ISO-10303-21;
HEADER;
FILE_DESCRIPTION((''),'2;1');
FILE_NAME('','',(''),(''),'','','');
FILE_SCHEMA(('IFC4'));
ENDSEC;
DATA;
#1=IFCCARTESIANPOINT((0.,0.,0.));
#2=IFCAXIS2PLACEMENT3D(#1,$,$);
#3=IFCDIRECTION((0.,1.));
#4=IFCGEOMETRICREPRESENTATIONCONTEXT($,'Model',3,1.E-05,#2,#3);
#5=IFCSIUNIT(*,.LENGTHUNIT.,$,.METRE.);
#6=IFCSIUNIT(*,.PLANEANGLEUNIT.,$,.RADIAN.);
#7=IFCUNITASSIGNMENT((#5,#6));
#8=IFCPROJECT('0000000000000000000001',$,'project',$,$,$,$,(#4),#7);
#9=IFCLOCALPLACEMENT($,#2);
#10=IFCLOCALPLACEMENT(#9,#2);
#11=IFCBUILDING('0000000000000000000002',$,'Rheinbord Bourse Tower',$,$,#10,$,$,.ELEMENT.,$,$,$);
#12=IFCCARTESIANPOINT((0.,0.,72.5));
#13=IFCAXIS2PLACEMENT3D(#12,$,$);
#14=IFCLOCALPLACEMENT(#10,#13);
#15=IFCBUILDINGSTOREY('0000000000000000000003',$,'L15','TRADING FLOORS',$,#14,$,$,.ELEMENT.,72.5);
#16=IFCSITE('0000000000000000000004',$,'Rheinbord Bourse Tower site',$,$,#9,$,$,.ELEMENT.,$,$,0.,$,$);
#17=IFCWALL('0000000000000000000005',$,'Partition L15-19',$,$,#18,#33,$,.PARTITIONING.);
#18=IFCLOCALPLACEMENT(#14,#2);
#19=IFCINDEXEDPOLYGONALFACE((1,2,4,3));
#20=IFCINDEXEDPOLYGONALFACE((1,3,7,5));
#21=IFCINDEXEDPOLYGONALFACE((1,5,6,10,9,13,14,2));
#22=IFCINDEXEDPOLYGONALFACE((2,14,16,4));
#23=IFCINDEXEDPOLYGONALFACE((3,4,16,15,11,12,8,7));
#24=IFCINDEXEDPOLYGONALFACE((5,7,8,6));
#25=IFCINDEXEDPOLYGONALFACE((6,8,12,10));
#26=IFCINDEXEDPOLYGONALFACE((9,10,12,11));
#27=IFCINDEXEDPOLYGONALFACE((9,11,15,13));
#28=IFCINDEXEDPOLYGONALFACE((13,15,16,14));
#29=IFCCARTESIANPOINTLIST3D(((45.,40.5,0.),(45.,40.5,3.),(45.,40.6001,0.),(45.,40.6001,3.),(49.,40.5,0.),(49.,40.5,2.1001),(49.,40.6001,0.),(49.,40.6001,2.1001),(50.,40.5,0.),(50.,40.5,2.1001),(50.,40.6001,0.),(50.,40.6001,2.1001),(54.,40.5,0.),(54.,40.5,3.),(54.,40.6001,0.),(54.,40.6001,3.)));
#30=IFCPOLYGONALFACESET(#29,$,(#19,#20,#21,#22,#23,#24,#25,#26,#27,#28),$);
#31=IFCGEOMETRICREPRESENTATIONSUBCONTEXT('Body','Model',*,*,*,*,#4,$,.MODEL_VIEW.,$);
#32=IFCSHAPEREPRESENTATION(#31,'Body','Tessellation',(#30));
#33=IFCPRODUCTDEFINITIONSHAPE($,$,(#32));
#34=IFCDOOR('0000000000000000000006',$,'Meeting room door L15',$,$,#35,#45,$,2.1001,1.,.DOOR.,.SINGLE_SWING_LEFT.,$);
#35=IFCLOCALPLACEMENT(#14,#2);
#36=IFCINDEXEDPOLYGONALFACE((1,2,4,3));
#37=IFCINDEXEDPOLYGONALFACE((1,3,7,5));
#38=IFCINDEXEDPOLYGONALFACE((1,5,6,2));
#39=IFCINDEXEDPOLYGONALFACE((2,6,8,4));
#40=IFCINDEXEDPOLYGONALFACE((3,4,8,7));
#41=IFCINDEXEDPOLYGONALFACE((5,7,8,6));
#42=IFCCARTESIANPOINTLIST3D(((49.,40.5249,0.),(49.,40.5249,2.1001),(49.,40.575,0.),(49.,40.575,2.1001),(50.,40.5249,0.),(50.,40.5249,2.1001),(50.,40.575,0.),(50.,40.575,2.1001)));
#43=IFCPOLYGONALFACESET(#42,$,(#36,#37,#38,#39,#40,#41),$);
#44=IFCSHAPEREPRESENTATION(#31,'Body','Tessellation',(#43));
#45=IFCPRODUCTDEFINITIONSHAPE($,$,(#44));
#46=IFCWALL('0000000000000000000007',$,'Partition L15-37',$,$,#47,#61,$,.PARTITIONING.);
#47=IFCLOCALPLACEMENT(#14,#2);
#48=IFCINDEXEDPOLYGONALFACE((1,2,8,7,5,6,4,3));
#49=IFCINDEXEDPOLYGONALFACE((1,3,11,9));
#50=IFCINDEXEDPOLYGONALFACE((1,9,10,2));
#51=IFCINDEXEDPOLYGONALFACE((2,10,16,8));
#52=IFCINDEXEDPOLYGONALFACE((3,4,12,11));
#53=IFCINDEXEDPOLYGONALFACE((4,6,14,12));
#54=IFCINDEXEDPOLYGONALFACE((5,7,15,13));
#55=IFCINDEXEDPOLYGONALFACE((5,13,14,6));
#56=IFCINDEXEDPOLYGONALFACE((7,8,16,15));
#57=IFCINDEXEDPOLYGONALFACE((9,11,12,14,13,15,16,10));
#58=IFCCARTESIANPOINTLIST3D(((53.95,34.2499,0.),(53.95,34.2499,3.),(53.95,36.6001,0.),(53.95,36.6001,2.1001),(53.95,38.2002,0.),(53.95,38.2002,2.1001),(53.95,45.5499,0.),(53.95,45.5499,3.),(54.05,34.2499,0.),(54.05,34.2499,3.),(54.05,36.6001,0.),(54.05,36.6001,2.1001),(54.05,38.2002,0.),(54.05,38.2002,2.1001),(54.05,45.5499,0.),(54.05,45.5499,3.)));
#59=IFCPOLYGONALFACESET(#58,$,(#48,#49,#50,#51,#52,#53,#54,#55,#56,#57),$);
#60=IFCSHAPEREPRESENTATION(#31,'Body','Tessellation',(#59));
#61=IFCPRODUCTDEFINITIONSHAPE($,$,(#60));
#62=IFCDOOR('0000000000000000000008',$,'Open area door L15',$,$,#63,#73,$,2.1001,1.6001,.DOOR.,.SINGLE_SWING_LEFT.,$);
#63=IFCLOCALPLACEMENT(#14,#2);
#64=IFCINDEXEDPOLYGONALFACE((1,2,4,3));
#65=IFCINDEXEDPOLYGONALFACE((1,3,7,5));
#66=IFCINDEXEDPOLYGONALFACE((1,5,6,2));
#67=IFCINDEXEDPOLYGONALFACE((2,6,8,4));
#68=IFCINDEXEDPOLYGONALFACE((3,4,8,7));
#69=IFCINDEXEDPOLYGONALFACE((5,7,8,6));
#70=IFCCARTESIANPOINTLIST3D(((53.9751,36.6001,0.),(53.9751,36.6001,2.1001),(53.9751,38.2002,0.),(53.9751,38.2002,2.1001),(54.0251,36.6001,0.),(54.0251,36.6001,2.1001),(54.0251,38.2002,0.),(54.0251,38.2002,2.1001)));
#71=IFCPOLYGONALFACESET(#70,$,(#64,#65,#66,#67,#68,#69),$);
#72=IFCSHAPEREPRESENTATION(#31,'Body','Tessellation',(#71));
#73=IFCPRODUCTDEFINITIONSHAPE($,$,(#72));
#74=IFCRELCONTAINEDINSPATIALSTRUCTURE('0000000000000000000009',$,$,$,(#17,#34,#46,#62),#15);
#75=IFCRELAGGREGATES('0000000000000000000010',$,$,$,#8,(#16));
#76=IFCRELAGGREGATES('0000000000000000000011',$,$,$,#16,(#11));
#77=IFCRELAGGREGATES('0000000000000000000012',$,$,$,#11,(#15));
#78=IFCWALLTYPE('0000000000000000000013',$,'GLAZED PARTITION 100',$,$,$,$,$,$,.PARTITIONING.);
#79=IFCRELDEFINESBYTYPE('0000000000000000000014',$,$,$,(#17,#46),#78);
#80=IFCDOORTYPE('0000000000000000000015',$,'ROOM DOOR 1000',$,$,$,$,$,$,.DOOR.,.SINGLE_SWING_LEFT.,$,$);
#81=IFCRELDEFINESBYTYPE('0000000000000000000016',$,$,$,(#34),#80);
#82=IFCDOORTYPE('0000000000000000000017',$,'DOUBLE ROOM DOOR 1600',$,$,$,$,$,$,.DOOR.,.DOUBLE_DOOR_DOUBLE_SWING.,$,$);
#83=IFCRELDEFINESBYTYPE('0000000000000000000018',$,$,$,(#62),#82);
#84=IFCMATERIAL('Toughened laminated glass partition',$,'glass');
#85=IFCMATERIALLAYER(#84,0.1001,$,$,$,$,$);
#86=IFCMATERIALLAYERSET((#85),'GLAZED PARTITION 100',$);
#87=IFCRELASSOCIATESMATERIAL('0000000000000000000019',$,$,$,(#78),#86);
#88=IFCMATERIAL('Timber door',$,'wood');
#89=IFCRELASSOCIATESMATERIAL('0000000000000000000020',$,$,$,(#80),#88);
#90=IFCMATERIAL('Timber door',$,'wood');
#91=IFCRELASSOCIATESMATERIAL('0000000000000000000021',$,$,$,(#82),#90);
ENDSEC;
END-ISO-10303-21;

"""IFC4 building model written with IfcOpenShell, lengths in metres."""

from ifc_helpers import new_model, si_unit, direction, frame, frame_2d, origin, place, context, subcontext, project, spatial, rectangle, extrude, material, layer, layer_set, type_object, element, fill, save


model = new_model("IFC4")

# Units and contexts
model_context = context("Model", 3, precision=1e-05, world=origin(), true_north=direction((0.0, 1.0)))
body_context = subcontext(model_context, "Body", "Model", "MODEL_VIEW")
ifc_project = project(units=[si_unit("LENGTHUNIT", "METRE"), si_unit("PLANEANGLEUNIT", "RADIAN")], contexts=[model_context])

# Site, building, storey
site_placement = place(None, origin())
site = spatial("IfcSite", under=ifc_project, at=site_placement, Name="Rheinbord Bourse Tower site", CompositionType="ELEMENT", RefElevation=0.0)
building_placement = place(site_placement, origin())
building = spatial("IfcBuilding", under=site, at=building_placement, Name="Rheinbord Bourse Tower", CompositionType="ELEMENT")
storey_placement = place(building_placement, frame((0.0, 0.0, 72.5)))
storey = spatial("IfcBuildingStorey", under=building, at=storey_placement, Name="L15", Description="TRADING FLOORS", CompositionType="ELEMENT", Elevation=72.5)

# Walls, openings, doors
ifc_material_1 = material(Name="Toughened laminated glass partition", Category="glass")
ifc_layer_1 = layer(ifc_material_1, 0.1001)
ifc_layer_set_1 = layer_set([ifc_layer_1], Name="GLAZED PARTITION 100")
wall_type_1 = type_object("IfcWallType", Name="GLAZED PARTITION 100", PredefinedType="PARTITIONING", material=ifc_layer_set_1)
wall_1_placement = place(storey_placement, frame((45.0, 40.55, 0.0), z_axis=(0.0, 0.0, 1.0), x_axis=(1.0, 0.0, 0.0)))
wall_1 = element("IfcWall", 1, at=wall_1_placement, inside=storey, type_object=wall_type_1, Name="Partition L15-19", PredefinedType="PARTITIONING", context=body_context, shape_type="SweptSolid", body=[
    extrude(rectangle(XDim=9.0, YDim=0.1001, at=frame_2d((4.5, 0.0))), origin(), (0.0, 0.0, 1.0), 3.0),
])
opening_1_placement = place(wall_1_placement, frame((4.0, 0.0, 0.0)))
opening_1 = element("IfcOpeningElement", 2, at=opening_1_placement, cuts=wall_1, PredefinedType="OPENING", context=body_context, shape_type="SweptSolid", body=[
    extrude(rectangle(XDim=1.0, YDim=2.1001, at=frame_2d((0.5, 1.05))), frame((0.0, 0.0601, 0.0), z_axis=(0.0, -1.0, 0.0), x_axis=(1.0, 0.0, 0.0)), (0.0, 0.0, 1.0), 0.1201),
])
ifc_material_2 = material(Name="Timber door", Category="wood")
door_type_1 = type_object("IfcDoorType", Name="ROOM DOOR 1000", OperationType="SINGLE_SWING_LEFT", PredefinedType="DOOR", material=ifc_material_2)
door_1_placement = place(opening_1_placement, origin())
door_1 = element("IfcDoor", 3, at=door_1_placement, inside=storey, type_object=door_type_1, Name="Meeting room door L15", OperationType="SINGLE_SWING_LEFT", OverallHeight=2.1001, OverallWidth=1.0, PredefinedType="DOOR", context=body_context, shape_type="SweptSolid", body=[
    extrude(rectangle(XDim=1.0, YDim=2.1001, at=frame_2d((0.5, 1.05))), frame((0.0, 0.0249, 0.0), z_axis=(0.0, -1.0, 0.0), x_axis=(1.0, 0.0, 0.0)), (0.0, 0.0, 1.0), 0.05),
])
fill(opening_1, door_1)
wall_2_placement = place(storey_placement, frame((54.0, 34.25, 0.0), z_axis=(0.0, 0.0, 1.0), x_axis=(0.0, 1.0, 0.0)))
wall_2 = element("IfcWall", 4, at=wall_2_placement, inside=storey, type_object=wall_type_1, Name="Partition L15-37", PredefinedType="PARTITIONING", context=body_context, shape_type="SweptSolid", body=[
    extrude(rectangle(XDim=11.3, YDim=0.1001, at=frame_2d((5.6499, 0.0))), origin(), (0.0, 0.0, 1.0), 3.0),
])
opening_2_placement = place(wall_2_placement, frame((2.3501, 0.0, 0.0)))
opening_2 = element("IfcOpeningElement", 5, at=opening_2_placement, cuts=wall_2, PredefinedType="OPENING", context=body_context, shape_type="SweptSolid", body=[
    extrude(rectangle(XDim=1.6001, YDim=2.1001, at=frame_2d((0.8, 1.05))), frame((0.0, 0.0601, 0.0), z_axis=(0.0, -1.0, 0.0), x_axis=(1.0, 0.0, 0.0)), (0.0, 0.0, 1.0), 0.1201),
])
ifc_material_3 = material(Name="Timber door", Category="wood")
door_type_2 = type_object("IfcDoorType", Name="DOUBLE ROOM DOOR 1600", OperationType="DOUBLE_DOOR_DOUBLE_SWING", PredefinedType="DOOR", material=ifc_material_3)
door_2_placement = place(opening_2_placement, origin())
door_2 = element("IfcDoor", 6, at=door_2_placement, inside=storey, type_object=door_type_2, Name="Open area door L15", OperationType="SINGLE_SWING_LEFT", OverallHeight=2.1001, OverallWidth=1.6001, PredefinedType="DOOR", context=body_context, shape_type="SweptSolid", body=[
    extrude(rectangle(XDim=1.6001, YDim=2.1001, at=frame_2d((0.8, 1.05))), frame((0.0, 0.0249, 0.0), z_axis=(0.0, -1.0, 0.0), x_axis=(1.0, 0.0, 0.0)), (0.0, 0.0, 1.0), 0.05),
])
fill(opening_2, door_2)

save(model, "model.ifc")
